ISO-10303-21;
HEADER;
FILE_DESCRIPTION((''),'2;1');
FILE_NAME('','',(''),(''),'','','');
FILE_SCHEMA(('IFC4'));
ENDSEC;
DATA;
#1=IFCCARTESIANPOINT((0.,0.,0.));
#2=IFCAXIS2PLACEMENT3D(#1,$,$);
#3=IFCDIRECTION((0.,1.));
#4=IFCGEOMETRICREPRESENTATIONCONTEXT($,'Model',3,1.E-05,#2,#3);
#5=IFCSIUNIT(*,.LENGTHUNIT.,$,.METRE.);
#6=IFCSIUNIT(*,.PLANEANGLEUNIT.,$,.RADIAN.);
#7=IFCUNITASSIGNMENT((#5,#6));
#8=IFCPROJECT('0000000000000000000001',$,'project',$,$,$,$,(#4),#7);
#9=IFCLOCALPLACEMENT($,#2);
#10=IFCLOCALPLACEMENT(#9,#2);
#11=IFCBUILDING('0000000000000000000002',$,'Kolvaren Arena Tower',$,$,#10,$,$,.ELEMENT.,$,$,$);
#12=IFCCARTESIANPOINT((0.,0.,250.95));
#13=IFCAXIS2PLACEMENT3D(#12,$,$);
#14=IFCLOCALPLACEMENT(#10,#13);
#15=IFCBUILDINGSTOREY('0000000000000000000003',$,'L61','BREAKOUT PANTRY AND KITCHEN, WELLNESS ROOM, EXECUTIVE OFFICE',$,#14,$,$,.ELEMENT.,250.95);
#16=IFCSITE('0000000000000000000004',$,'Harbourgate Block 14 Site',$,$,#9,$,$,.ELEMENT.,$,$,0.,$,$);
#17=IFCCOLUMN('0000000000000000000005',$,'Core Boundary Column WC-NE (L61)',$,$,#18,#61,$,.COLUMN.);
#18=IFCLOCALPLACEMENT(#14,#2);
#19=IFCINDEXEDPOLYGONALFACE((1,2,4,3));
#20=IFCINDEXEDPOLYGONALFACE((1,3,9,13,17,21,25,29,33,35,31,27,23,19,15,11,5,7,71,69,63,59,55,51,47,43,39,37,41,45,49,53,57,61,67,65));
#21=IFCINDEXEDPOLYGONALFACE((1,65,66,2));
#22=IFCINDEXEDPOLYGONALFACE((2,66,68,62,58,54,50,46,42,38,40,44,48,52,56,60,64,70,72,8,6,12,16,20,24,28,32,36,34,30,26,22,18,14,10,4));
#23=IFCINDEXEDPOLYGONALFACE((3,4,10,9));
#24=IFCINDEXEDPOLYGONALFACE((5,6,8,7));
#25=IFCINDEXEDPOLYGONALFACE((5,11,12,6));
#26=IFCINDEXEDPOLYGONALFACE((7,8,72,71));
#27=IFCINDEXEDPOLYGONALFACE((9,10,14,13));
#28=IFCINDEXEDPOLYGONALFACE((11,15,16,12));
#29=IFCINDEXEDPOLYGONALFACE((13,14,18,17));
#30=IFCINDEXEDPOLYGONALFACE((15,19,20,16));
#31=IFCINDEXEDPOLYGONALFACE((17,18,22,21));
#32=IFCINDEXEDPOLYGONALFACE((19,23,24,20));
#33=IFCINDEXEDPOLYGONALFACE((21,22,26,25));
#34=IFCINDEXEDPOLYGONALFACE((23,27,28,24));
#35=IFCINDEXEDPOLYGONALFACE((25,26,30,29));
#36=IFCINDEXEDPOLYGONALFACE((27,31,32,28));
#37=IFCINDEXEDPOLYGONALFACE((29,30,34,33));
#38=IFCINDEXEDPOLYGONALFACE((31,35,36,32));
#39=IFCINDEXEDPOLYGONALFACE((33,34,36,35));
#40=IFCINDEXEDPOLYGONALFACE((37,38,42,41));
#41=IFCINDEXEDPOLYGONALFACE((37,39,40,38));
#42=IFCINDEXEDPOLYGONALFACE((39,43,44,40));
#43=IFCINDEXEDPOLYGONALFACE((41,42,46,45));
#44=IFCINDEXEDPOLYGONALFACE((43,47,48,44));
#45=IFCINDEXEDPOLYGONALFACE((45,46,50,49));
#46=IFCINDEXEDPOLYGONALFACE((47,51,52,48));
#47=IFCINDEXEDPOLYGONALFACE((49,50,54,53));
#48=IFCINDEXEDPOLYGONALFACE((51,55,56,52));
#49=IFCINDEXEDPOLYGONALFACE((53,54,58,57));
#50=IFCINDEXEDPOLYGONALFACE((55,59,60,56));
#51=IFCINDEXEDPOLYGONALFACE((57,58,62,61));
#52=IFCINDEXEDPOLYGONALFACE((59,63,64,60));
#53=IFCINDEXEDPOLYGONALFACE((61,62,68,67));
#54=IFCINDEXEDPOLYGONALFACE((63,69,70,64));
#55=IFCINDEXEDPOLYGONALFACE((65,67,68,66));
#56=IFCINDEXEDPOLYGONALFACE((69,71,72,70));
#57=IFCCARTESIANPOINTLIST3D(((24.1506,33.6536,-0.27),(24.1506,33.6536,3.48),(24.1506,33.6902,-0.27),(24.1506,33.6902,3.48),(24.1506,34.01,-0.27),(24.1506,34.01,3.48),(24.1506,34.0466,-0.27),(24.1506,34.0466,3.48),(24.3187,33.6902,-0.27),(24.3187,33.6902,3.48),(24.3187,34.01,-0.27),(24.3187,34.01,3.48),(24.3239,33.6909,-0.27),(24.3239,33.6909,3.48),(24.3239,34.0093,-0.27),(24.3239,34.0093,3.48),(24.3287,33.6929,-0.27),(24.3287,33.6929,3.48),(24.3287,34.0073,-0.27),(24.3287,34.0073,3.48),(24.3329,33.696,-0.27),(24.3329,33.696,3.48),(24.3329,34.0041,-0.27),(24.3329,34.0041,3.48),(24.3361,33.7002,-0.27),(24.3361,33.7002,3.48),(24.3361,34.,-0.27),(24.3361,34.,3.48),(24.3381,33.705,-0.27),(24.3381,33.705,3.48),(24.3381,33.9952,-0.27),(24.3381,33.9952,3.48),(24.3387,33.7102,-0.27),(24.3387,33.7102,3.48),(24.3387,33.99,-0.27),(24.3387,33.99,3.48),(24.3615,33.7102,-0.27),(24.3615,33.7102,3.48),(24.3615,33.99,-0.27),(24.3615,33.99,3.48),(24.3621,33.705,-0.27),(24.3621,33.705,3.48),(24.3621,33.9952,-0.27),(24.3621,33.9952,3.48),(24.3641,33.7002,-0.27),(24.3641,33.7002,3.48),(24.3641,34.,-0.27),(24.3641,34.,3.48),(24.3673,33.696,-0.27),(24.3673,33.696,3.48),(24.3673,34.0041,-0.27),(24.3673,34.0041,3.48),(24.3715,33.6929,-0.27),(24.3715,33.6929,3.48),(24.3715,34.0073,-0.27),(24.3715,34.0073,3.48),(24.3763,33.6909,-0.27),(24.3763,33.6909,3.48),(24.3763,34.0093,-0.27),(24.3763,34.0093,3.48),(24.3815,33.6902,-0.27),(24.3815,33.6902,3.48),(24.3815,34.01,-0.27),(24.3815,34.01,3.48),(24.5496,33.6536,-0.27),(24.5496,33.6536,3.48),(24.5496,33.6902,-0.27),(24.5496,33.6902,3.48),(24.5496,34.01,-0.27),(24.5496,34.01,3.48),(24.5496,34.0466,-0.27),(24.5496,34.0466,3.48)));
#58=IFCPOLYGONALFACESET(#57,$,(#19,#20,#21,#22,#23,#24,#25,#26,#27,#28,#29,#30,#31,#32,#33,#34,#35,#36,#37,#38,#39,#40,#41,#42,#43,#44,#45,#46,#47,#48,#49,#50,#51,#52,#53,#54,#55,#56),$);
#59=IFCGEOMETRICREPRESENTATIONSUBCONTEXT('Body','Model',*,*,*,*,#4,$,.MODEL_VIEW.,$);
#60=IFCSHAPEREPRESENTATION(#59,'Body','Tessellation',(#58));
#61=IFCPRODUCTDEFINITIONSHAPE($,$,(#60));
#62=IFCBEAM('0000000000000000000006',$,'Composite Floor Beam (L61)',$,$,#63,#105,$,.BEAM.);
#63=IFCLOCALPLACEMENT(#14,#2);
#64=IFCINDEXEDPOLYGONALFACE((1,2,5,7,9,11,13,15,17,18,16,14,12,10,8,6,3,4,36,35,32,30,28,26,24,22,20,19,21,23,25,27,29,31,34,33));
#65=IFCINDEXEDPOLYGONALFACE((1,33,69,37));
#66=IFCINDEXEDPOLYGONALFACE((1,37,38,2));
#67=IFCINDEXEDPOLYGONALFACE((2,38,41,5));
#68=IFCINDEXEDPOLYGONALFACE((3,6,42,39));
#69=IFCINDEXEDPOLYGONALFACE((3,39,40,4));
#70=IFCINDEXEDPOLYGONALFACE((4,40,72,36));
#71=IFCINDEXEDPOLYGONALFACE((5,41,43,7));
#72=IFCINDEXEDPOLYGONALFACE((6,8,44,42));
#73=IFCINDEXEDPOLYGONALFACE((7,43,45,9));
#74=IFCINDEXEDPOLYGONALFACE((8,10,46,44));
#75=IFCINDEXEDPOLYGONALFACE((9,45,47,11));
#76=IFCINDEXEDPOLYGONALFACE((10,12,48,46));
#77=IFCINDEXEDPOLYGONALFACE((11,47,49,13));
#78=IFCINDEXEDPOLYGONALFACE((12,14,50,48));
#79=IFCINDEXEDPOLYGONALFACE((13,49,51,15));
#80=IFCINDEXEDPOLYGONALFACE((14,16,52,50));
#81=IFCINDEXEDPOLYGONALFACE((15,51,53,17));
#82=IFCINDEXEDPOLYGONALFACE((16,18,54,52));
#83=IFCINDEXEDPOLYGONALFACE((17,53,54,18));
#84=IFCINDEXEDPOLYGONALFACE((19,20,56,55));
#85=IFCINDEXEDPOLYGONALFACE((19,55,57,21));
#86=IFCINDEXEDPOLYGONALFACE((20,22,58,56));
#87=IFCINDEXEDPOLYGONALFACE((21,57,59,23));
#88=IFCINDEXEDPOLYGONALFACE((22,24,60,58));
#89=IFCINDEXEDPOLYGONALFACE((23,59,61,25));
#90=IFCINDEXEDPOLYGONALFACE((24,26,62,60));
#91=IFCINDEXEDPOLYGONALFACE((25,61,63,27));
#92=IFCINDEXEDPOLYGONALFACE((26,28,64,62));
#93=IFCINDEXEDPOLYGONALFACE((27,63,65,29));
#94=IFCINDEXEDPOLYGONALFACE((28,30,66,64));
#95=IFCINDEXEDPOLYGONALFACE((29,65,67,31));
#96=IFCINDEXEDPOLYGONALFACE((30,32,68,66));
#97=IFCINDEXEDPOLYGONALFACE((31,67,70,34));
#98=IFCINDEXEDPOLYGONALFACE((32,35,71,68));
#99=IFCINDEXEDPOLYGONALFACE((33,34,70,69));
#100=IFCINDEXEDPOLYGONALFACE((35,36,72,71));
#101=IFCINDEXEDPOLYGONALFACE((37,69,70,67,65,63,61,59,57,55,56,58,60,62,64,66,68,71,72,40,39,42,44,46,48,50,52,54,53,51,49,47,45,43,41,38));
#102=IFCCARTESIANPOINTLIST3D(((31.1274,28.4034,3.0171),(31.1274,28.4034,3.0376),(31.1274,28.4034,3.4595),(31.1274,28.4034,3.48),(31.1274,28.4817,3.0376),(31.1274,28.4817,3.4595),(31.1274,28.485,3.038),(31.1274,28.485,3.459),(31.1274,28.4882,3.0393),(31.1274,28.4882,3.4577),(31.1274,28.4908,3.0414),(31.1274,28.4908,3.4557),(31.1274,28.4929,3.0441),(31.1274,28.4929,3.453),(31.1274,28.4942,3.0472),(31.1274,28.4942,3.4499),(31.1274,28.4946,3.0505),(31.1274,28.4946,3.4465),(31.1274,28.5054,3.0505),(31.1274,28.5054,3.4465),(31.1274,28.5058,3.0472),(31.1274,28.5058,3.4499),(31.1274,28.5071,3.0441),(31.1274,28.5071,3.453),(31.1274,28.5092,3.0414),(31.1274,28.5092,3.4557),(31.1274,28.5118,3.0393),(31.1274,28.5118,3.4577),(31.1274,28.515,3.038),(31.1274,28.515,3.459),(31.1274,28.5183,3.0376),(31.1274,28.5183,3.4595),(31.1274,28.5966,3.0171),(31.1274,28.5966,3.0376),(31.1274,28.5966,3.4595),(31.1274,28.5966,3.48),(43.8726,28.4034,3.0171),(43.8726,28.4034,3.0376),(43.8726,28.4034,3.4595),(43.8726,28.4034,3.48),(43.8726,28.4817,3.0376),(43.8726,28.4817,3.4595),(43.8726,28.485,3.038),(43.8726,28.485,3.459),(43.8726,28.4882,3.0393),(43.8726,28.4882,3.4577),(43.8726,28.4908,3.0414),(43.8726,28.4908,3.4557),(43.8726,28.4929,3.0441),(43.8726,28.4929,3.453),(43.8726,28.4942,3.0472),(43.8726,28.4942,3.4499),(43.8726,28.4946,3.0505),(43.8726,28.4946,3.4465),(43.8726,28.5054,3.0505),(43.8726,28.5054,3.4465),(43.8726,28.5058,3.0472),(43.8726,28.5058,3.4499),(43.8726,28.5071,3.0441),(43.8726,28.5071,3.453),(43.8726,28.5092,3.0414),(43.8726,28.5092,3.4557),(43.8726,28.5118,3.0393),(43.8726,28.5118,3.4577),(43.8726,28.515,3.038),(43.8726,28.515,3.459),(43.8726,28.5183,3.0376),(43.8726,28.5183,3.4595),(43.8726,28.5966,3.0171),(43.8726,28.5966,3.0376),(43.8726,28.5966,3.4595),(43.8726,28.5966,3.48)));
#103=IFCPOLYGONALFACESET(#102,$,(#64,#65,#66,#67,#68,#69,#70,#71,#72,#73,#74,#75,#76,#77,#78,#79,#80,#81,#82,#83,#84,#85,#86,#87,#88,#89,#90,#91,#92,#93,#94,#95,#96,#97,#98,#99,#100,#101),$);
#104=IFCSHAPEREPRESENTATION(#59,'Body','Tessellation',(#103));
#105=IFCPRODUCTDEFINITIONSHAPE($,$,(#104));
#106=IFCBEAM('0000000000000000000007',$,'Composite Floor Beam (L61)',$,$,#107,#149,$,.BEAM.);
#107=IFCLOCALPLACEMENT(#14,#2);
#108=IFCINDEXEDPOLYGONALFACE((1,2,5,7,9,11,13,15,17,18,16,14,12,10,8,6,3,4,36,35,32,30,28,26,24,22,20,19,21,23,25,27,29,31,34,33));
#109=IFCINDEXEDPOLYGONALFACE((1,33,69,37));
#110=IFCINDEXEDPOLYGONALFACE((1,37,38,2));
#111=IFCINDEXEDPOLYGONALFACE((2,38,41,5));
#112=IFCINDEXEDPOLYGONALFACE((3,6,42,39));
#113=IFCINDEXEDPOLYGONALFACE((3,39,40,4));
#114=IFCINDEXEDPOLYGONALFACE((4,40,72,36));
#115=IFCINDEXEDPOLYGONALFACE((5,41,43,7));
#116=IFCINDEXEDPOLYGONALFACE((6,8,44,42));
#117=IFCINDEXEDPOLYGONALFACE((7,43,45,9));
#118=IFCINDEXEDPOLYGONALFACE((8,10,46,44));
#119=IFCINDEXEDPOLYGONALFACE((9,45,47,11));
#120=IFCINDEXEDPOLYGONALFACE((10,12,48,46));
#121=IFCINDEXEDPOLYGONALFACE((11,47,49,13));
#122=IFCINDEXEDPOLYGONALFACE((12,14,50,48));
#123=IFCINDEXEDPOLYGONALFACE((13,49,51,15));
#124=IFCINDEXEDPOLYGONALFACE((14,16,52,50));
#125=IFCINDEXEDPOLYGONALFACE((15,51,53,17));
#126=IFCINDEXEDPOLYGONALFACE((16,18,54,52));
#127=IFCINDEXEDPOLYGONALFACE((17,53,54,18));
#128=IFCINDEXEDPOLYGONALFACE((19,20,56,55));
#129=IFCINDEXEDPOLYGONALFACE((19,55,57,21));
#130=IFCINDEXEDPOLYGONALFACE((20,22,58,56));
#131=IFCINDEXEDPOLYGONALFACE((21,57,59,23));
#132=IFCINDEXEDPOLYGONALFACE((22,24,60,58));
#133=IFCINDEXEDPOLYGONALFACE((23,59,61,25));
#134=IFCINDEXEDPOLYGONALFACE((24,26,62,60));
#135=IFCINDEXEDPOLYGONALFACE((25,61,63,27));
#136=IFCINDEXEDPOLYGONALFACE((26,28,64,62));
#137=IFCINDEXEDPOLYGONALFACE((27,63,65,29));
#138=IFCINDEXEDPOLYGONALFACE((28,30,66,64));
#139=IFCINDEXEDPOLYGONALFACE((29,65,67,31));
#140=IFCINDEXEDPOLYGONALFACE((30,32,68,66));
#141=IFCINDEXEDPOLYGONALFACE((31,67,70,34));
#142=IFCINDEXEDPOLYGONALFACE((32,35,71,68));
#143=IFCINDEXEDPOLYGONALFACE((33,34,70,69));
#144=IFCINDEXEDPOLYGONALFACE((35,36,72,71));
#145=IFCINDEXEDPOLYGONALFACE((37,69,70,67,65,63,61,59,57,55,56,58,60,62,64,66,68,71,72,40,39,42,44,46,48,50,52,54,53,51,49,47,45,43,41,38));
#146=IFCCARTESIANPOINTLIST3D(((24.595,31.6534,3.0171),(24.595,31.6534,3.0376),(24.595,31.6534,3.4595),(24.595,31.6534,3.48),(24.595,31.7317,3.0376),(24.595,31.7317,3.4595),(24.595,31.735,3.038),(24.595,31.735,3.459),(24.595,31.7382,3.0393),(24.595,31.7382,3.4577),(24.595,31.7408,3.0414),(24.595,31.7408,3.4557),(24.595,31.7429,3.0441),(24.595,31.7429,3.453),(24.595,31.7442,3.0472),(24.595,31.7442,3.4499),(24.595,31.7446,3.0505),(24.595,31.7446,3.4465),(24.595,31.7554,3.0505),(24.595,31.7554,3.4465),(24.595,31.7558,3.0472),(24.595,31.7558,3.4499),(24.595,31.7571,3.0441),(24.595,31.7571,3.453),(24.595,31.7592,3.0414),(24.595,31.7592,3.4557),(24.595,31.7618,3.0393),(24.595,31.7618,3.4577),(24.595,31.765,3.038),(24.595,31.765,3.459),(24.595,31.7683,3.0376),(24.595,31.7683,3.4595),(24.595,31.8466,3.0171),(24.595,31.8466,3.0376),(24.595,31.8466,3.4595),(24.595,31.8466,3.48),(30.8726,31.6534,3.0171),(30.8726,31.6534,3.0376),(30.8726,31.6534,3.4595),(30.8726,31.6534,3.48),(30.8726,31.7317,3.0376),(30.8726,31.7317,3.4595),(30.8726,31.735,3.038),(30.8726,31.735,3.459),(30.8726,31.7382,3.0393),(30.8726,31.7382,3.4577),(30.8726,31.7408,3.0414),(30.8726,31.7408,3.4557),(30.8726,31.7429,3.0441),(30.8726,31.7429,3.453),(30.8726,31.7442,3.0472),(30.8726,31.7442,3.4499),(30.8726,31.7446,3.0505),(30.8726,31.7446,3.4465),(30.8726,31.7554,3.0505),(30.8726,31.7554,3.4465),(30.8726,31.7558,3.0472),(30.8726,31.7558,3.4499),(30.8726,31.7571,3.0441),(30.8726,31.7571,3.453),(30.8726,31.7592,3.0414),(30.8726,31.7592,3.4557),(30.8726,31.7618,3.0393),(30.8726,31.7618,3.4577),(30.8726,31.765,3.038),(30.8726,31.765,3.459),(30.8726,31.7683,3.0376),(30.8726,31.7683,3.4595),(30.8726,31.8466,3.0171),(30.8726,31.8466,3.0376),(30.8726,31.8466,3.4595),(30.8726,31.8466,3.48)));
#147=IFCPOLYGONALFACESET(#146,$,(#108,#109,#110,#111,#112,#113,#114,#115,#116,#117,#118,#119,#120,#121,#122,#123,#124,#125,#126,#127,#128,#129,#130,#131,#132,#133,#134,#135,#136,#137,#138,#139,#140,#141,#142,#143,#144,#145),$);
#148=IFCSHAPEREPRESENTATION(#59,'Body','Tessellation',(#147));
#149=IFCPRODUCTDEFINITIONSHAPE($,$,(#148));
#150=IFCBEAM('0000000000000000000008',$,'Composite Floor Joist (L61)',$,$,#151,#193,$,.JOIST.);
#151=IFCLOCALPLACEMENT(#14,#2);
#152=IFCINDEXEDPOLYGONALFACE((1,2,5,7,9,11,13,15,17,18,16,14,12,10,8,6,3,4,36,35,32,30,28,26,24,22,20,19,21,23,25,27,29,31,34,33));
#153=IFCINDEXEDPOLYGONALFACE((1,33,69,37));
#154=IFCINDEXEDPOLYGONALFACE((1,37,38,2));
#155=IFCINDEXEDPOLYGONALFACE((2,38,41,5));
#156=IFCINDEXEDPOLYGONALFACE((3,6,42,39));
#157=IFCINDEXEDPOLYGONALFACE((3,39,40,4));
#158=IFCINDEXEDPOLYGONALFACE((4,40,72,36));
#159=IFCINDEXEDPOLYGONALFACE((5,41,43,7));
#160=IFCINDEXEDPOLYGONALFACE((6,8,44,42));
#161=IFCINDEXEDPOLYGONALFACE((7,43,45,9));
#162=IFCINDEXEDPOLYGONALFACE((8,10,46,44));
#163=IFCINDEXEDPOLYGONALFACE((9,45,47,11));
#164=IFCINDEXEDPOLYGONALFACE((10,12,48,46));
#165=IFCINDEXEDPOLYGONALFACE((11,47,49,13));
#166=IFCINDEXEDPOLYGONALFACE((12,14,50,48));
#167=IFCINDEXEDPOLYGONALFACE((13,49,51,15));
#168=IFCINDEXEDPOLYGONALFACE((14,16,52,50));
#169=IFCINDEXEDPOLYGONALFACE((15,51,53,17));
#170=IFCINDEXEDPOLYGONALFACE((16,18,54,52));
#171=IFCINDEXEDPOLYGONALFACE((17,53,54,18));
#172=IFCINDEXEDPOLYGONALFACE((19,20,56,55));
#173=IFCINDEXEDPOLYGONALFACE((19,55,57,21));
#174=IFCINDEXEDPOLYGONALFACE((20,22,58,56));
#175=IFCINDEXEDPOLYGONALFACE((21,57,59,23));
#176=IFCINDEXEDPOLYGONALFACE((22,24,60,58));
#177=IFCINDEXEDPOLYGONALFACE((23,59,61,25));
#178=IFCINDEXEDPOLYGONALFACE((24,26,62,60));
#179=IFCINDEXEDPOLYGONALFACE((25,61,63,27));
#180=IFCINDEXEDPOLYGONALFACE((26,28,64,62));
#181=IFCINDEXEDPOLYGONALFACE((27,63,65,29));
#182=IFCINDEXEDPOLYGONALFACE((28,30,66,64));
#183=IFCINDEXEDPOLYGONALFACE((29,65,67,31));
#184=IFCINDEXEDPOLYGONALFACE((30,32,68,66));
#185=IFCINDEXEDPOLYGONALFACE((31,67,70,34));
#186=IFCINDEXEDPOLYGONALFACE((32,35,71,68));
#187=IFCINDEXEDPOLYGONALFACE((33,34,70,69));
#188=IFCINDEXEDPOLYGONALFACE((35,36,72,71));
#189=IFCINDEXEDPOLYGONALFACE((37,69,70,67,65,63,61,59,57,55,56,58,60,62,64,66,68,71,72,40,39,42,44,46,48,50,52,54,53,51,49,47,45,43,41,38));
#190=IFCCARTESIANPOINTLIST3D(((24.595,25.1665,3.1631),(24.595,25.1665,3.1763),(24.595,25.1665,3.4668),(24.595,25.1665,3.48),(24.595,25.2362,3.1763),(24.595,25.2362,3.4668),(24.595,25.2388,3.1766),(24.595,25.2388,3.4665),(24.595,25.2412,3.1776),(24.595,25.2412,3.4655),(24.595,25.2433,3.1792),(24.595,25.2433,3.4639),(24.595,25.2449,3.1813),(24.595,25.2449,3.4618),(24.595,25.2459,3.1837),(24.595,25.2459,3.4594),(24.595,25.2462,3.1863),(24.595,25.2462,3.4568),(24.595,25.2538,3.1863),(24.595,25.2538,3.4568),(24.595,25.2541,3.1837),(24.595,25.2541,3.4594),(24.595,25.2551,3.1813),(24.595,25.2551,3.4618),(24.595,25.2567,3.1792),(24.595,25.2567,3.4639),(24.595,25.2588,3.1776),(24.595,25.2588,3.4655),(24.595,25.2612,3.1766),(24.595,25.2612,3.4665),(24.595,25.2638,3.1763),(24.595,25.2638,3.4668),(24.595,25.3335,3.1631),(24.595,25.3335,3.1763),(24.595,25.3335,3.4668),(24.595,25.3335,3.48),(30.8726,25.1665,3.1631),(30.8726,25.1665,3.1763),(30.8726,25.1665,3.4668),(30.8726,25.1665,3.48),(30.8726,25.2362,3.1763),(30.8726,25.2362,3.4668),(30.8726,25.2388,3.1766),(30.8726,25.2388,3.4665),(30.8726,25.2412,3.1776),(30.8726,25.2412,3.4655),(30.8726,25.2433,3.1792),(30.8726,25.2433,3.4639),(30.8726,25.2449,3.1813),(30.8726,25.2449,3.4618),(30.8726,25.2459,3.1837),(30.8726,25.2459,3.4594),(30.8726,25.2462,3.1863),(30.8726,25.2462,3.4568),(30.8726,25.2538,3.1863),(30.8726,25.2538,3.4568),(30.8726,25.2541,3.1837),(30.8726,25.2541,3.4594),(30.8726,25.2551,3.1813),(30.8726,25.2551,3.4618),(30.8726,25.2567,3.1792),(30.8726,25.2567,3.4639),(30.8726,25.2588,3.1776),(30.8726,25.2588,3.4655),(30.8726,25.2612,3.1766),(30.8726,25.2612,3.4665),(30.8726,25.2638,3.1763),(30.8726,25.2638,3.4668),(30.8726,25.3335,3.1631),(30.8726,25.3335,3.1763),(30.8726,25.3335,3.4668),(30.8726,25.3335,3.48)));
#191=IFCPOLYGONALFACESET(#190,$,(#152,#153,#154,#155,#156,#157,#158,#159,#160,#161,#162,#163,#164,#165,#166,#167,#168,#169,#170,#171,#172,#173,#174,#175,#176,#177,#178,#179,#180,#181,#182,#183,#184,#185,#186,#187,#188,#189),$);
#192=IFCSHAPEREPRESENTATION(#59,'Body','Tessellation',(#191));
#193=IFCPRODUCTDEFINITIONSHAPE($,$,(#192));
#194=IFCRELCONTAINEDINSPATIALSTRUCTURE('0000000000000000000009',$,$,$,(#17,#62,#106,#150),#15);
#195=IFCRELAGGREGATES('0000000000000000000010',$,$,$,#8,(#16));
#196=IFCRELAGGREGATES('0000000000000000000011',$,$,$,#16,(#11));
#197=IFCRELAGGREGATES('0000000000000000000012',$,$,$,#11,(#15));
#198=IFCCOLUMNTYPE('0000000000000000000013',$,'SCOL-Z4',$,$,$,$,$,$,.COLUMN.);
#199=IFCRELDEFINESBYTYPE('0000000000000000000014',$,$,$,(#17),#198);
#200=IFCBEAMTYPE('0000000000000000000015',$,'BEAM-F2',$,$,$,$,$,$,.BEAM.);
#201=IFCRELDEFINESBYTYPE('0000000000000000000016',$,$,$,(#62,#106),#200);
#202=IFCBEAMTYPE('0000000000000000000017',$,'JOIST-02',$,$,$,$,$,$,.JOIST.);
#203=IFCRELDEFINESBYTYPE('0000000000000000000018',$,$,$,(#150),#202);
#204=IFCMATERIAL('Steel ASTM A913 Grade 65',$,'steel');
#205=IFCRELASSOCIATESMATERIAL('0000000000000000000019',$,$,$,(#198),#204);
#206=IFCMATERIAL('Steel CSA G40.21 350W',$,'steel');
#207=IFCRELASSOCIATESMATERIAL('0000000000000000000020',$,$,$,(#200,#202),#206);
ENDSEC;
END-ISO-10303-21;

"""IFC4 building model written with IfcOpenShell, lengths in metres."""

from ifc_helpers import new_model, si_unit, direction, frame, origin, origin_2d, place, context, subcontext, project, spatial, i_section, extrude, material, material_profile, profile_set, type_object, element, save


model = new_model("IFC4")

# Units and contexts
model_context = context("Model", 3, precision=1e-05, world=origin(), true_north=direction((0.0, 1.0)))
body_context = subcontext(model_context, "Body", "Model", "MODEL_VIEW")
ifc_project = project(units=[si_unit("LENGTHUNIT", "METRE"), si_unit("PLANEANGLEUNIT", "RADIAN")], contexts=[model_context])

# Site, building, storey
site_placement = place(None, origin())
site = spatial("IfcSite", under=ifc_project, at=site_placement, Name="Harbourgate Block 14 Site", CompositionType="ELEMENT", RefElevation=0.0)
building_placement = place(site_placement, origin())
building = spatial("IfcBuilding", under=site, at=building_placement, Name="Kolvaren Arena Tower", CompositionType="ELEMENT")
storey_placement = place(building_placement, frame((0.0, 0.0, 250.95)))
storey = spatial("IfcBuildingStorey", under=building, at=storey_placement, Name="L61", Description="BREAKOUT PANTRY AND KITCHEN, WELLNESS ROOM, EXECUTIVE OFFICE", CompositionType="ELEMENT", Elevation=250.95)

# Column
ifc_material_1 = material(Name="Steel ASTM A913 Grade 65", Category="steel")
ifc_material_profile_1 = material_profile(ifc_material_1, i_section(OverallWidth=0.3989, OverallDepth=0.3931, WebThickness=0.0227, FlangeThickness=0.0366, FilletRadius=0.02, at=origin_2d()), Name="W360x287")
ifc_profile_set_1 = profile_set([ifc_material_profile_1], Name="Steel ASTM A913 Grade 65")
column_type = type_object("IfcColumnType", Name="SCOL-Z4", PredefinedType="COLUMN", material=ifc_profile_set_1)
column_placement = place(storey_placement, frame((24.3501, 33.8501, -0.27), z_axis=(0.0, 0.0, 1.0), x_axis=(1.0, 0.0, 0.0)))
element("IfcColumn", 1, at=column_placement, inside=storey, type_object=column_type, Name="Core Boundary Column WC-NE (L61)", PredefinedType="COLUMN", context=body_context, shape_type="SweptSolid", body=[
    extrude(i_section(OverallWidth=0.3989, OverallDepth=0.3931, WebThickness=0.0227, FlangeThickness=0.0366, FilletRadius=0.02, at=origin_2d()), origin(), (0.0, 0.0, 1.0), 3.75),
])

# Beams
ifc_material_2 = material(Name="Steel CSA G40.21 350W", Category="steel")
ifc_material_profile_2 = material_profile(ifc_material_2, i_section(OverallWidth=0.1931, OverallDepth=0.4629, WebThickness=0.0107, FlangeThickness=0.0205, FilletRadius=0.0129, at=origin_2d()), Name="W460x113")
ifc_profile_set_2 = profile_set([ifc_material_profile_2], Name="Steel CSA G40.21 350W")
beam_type_1 = type_object("IfcBeamType", Name="BEAM-F2", PredefinedType="BEAM", material=ifc_profile_set_2)
beam_1_placement = place(storey_placement, frame((31.1274, 28.5, 3.2485), z_axis=(1.0, 0.0, 0.0), x_axis=(0.0, 1.0, 0.0)))
element("IfcBeam", 2, at=beam_1_placement, inside=storey, type_object=beam_type_1, Name="Composite Floor Beam (L61)", PredefinedType="BEAM", context=body_context, shape_type="SweptSolid", body=[
    extrude(i_section(OverallWidth=0.1931, OverallDepth=0.4629, WebThickness=0.0107, FlangeThickness=0.0205, FilletRadius=0.0129, at=origin_2d()), origin(), (0.0, 0.0, 1.0), 12.7451),
])
beam_2_placement = place(storey_placement, frame((24.595, 31.75, 3.2485), z_axis=(1.0, 0.0, 0.0), x_axis=(0.0, 1.0, 0.0)))
element("IfcBeam", 3, at=beam_2_placement, inside=storey, type_object=beam_type_1, Name="Composite Floor Beam (L61)", PredefinedType="BEAM", context=body_context, shape_type="SweptSolid", body=[
    extrude(i_section(OverallWidth=0.1931, OverallDepth=0.4629, WebThickness=0.0107, FlangeThickness=0.0205, FilletRadius=0.0129, at=origin_2d()), origin(), (0.0, 0.0, 1.0), 6.2776),
])
ifc_material_profile_3 = material_profile(ifc_material_2, i_section(OverallWidth=0.167, OverallDepth=0.3169, WebThickness=0.0076, FlangeThickness=0.0132, FilletRadius=0.01, at=origin_2d()), Name="W310x52")
ifc_profile_set_3 = profile_set([ifc_material_profile_3], Name="Steel CSA G40.21 350W")
beam_type_2 = type_object("IfcBeamType", Name="JOIST-02", PredefinedType="JOIST", material=ifc_profile_set_3)
beam_3_placement = place(storey_placement, frame((24.595, 25.25, 3.3215), z_axis=(1.0, 0.0, 0.0), x_axis=(0.0, 1.0, 0.0)))
element("IfcBeam", 4, at=beam_3_placement, inside=storey, type_object=beam_type_2, Name="Composite Floor Joist (L61)", PredefinedType="JOIST", context=body_context, shape_type="SweptSolid", body=[
    extrude(i_section(OverallWidth=0.167, OverallDepth=0.3169, WebThickness=0.0076, FlangeThickness=0.0132, FilletRadius=0.01, at=origin_2d()), origin(), (0.0, 0.0, 1.0), 6.2776),
])

save(model, "model.ifc")
